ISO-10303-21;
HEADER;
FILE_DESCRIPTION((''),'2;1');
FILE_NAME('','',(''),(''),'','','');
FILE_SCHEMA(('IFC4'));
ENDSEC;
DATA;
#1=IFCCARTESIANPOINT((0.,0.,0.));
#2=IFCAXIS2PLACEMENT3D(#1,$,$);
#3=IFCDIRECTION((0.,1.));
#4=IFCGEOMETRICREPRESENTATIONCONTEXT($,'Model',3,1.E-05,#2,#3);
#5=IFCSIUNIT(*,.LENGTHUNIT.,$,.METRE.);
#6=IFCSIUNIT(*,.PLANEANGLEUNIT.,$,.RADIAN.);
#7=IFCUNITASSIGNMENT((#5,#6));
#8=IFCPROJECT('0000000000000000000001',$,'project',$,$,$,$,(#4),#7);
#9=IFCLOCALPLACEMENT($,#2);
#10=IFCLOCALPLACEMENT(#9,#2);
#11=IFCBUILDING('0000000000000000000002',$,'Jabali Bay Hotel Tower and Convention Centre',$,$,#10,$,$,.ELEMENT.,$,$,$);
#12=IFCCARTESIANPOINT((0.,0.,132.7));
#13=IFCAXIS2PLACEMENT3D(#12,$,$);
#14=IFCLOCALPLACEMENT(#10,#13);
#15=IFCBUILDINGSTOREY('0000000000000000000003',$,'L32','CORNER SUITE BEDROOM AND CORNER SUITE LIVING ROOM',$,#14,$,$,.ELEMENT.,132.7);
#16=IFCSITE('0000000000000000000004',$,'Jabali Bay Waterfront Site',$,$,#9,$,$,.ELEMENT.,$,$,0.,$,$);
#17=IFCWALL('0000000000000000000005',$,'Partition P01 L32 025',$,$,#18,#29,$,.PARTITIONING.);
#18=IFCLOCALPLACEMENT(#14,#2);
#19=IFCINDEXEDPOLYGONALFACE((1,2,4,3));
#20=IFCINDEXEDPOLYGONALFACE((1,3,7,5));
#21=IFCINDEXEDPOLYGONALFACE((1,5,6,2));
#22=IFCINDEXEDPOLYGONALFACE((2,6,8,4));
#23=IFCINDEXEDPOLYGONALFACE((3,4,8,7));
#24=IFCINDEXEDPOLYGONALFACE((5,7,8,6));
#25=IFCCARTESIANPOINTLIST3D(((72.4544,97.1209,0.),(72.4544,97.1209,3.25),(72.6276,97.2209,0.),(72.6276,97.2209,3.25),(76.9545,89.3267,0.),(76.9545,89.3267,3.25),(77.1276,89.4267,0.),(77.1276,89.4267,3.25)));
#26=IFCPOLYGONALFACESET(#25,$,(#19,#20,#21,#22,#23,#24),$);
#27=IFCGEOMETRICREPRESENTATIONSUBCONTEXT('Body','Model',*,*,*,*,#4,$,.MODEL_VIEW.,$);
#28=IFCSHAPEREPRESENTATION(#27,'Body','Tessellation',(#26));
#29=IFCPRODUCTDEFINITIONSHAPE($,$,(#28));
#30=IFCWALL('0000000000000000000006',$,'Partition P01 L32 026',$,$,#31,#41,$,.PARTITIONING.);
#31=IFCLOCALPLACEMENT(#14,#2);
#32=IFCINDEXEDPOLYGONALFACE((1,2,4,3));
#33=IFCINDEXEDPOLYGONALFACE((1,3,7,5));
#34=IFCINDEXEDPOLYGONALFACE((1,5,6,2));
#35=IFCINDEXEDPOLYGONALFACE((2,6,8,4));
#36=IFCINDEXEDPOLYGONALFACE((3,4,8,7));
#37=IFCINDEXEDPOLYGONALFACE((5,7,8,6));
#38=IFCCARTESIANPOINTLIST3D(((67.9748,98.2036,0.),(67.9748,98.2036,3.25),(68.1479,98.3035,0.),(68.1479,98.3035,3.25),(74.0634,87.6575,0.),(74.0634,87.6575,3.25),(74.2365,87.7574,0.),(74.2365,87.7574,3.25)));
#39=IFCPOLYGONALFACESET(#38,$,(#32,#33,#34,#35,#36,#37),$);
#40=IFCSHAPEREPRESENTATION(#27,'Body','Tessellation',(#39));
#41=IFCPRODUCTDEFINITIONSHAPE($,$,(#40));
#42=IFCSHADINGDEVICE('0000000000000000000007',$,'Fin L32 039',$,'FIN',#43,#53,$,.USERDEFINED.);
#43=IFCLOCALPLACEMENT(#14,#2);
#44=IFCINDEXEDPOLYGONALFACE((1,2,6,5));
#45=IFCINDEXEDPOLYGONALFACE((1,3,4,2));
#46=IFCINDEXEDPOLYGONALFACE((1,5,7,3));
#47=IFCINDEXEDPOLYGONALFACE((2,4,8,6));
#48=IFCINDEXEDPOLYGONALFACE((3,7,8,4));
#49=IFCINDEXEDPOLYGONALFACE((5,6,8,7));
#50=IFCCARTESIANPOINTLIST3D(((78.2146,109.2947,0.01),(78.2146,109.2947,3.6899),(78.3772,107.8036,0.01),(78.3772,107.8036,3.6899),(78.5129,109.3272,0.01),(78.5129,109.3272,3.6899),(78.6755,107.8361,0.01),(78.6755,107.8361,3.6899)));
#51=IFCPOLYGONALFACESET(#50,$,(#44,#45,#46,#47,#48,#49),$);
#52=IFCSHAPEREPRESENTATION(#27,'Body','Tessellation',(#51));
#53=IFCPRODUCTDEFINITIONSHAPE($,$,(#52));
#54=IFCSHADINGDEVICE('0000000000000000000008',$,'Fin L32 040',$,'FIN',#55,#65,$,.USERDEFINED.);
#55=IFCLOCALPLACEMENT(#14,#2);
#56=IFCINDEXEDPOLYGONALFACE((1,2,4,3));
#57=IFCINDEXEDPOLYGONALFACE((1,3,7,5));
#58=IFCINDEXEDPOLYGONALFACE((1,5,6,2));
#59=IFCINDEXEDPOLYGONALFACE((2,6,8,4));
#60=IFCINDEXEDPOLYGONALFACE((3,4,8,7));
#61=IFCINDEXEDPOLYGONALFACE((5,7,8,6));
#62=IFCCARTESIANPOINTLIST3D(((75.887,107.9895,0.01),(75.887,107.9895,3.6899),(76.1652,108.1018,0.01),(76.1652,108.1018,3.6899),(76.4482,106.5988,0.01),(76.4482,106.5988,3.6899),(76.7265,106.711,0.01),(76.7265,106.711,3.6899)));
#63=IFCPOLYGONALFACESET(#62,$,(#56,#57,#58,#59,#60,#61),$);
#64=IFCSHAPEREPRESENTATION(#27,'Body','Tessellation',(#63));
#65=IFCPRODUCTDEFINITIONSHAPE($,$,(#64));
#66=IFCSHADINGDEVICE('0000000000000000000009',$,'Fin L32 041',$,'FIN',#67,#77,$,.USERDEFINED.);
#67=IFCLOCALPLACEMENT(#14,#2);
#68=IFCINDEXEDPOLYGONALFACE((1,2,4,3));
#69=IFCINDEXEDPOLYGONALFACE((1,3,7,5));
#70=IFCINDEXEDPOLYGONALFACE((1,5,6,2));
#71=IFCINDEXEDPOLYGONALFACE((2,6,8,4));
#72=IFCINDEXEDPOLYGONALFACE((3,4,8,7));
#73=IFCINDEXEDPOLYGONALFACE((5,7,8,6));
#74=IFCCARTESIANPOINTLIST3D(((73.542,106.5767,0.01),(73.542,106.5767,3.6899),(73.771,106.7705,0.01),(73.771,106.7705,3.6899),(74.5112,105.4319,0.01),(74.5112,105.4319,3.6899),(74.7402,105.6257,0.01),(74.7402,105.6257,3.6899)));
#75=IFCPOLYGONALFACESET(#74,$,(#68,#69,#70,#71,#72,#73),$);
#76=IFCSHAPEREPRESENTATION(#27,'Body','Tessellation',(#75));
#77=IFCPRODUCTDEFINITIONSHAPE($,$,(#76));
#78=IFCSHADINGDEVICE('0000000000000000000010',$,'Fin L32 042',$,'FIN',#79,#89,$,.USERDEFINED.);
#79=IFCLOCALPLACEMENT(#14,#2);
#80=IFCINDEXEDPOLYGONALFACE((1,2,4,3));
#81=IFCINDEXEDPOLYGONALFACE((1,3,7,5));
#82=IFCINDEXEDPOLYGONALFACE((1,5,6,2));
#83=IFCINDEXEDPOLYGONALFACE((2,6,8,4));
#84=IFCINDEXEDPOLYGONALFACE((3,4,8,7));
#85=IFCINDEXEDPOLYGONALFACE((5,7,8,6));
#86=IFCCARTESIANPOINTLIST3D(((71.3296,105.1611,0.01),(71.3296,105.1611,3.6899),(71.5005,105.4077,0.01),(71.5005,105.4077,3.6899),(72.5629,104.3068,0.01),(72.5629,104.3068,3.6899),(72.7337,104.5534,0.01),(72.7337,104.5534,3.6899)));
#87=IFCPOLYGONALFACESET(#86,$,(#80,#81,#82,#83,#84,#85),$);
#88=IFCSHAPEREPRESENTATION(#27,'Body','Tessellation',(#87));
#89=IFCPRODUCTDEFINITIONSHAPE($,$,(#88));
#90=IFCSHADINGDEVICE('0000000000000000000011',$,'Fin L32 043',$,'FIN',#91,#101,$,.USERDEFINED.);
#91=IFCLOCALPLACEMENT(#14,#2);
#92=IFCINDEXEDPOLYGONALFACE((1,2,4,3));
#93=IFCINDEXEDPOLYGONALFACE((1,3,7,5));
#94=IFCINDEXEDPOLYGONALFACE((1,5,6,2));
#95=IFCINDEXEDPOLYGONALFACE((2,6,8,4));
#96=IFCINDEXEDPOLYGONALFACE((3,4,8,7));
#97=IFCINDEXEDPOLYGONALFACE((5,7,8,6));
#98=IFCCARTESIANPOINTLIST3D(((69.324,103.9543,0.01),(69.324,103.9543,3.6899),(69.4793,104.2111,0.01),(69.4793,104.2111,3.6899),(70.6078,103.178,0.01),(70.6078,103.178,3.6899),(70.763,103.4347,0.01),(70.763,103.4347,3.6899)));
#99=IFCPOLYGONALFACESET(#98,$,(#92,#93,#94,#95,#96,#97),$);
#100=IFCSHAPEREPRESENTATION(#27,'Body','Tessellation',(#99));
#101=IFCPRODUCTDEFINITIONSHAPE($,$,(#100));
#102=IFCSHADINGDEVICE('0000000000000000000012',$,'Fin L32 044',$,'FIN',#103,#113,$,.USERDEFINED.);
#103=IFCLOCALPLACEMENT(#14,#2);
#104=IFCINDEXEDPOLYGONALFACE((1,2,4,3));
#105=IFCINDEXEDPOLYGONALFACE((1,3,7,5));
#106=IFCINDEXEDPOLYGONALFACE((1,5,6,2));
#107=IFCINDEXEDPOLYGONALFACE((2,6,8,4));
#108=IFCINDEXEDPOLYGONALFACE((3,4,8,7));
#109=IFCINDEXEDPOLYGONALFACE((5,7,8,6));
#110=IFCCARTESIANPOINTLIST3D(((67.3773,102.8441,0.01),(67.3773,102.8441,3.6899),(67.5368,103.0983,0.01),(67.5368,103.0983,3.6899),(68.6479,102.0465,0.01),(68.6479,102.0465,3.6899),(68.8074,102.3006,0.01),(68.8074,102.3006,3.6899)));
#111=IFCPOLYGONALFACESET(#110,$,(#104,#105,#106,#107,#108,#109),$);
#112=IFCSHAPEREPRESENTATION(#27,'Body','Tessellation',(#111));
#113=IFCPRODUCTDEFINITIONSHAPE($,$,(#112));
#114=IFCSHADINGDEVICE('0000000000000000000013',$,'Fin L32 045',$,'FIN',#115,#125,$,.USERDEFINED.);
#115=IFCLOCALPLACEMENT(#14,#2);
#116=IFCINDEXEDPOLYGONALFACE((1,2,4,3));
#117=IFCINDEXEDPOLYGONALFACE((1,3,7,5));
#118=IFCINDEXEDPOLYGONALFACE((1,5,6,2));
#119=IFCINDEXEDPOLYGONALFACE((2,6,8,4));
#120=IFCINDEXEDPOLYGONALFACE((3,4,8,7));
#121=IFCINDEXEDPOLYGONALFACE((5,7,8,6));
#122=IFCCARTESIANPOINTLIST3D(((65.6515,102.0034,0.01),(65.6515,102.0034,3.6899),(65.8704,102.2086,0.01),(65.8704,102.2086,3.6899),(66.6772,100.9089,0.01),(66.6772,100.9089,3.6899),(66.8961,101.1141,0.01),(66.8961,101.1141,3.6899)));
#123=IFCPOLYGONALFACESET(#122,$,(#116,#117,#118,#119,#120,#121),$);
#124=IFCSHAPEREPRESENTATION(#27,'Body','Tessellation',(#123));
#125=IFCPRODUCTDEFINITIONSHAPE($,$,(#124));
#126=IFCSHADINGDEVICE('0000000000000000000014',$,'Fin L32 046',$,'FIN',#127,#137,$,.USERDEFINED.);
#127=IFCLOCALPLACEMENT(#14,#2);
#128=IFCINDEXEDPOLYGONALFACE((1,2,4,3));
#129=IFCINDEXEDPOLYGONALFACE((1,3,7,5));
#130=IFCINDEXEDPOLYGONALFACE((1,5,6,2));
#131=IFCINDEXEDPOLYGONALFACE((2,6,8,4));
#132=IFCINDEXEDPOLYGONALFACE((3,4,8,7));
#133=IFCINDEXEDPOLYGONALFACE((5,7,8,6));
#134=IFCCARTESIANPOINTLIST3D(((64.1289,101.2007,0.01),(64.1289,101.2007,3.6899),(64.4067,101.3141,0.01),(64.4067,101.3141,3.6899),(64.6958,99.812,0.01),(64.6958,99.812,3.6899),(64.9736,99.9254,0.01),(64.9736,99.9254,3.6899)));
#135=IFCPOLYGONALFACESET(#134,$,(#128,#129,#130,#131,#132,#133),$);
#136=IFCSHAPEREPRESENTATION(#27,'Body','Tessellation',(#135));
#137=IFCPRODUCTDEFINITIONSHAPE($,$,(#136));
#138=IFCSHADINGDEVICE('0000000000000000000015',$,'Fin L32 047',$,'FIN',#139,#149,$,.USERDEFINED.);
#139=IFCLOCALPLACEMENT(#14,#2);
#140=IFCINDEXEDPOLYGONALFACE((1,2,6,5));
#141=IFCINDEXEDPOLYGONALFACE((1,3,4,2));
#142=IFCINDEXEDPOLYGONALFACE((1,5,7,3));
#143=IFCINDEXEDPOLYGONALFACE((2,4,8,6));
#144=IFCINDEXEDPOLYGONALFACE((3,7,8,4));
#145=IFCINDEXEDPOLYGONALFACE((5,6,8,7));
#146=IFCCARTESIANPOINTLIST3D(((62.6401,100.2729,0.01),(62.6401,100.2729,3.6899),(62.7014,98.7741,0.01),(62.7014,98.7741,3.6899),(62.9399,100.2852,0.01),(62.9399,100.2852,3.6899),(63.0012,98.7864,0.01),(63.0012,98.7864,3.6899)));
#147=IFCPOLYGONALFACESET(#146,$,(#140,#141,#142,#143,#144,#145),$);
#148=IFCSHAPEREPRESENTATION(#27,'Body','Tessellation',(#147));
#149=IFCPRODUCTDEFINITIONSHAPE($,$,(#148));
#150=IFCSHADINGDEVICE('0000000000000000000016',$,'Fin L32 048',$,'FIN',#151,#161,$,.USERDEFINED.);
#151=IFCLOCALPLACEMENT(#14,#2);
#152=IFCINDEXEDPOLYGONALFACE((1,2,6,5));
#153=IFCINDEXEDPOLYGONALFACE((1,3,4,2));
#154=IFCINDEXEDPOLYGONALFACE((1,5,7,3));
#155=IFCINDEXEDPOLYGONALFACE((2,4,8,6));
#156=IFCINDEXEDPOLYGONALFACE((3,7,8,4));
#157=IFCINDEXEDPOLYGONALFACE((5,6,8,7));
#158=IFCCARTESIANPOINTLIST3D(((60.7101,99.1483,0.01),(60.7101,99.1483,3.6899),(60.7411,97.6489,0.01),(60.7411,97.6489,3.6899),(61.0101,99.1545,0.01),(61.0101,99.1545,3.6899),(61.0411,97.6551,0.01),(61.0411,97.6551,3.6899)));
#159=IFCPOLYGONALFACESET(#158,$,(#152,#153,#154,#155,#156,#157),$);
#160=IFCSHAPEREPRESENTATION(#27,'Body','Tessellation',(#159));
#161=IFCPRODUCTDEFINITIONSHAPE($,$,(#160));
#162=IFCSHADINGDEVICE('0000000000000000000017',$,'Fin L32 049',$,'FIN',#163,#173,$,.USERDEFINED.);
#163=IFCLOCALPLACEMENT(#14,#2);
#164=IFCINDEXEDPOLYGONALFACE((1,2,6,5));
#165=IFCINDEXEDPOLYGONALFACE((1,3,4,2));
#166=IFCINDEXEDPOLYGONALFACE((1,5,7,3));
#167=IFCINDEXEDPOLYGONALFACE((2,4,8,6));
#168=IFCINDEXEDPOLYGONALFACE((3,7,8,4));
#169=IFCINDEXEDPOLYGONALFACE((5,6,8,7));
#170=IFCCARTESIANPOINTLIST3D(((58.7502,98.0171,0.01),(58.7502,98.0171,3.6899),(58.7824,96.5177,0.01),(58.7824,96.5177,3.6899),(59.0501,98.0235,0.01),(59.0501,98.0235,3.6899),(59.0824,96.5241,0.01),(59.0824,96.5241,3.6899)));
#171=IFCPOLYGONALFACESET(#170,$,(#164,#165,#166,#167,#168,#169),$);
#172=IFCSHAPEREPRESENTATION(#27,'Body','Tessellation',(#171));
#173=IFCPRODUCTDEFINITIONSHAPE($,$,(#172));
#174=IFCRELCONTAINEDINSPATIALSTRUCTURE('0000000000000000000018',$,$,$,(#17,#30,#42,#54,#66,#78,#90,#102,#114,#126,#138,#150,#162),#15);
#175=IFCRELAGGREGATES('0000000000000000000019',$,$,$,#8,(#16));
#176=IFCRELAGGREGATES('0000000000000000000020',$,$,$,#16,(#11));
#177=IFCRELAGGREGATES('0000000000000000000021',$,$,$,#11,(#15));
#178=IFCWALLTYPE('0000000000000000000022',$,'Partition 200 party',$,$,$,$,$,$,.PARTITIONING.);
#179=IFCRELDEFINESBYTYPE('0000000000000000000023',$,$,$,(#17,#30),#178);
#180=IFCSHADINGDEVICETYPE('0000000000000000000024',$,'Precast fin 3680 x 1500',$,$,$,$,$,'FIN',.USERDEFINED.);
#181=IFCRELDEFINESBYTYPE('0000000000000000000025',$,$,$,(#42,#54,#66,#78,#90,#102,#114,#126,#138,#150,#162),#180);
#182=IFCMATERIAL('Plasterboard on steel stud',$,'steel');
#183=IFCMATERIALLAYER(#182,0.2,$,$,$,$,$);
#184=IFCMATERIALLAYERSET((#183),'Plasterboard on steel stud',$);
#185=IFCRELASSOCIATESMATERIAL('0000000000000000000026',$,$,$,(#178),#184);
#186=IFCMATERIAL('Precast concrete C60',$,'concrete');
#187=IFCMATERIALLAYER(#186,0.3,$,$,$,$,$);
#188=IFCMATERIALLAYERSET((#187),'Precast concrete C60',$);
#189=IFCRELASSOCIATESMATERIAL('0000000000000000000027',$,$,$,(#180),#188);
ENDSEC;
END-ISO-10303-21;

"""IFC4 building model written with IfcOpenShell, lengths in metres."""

from ifc_helpers import new_model, si_unit, direction, frame, frame_2d, origin, place, context, subcontext, project, spatial, rectangle, extrude, material, layer, layer_set, type_object, element, save


model = new_model("IFC4")

# Units and contexts
model_context = context("Model", 3, precision=1e-05, world=origin(), true_north=direction((0.0, 1.0)))
body_context = subcontext(model_context, "Body", "Model", "MODEL_VIEW")
ifc_project = project(units=[si_unit("LENGTHUNIT", "METRE"), si_unit("PLANEANGLEUNIT", "RADIAN")], contexts=[model_context])

# Site, building, storey
site_placement = place(None, origin())
site = spatial("IfcSite", under=ifc_project, at=site_placement, Name="Jabali Bay Waterfront Site", CompositionType="ELEMENT", RefElevation=0.0)
building_placement = place(site_placement, origin())
building = spatial("IfcBuilding", under=site, at=building_placement, Name="Jabali Bay Hotel Tower and Convention Centre", CompositionType="ELEMENT")
storey_placement = place(building_placement, frame((0.0, 0.0, 132.7)))
storey = spatial("IfcBuildingStorey", under=building, at=storey_placement, Name="L32", Description="CORNER SUITE BEDROOM AND CORNER SUITE LIVING ROOM", CompositionType="ELEMENT", Elevation=132.7)

# Shared definitions
ifc_material_1 = material(Name="Plasterboard on steel stud", Category="steel")

# Walls
ifc_layer_1 = layer(ifc_material_1, 0.2)
ifc_layer_set_1 = layer_set([ifc_layer_1], Name="Plasterboard on steel stud")
wall_type_1 = type_object("IfcWallType", Name="Partition 200 party", PredefinedType="PARTITIONING", material=ifc_layer_set_1)
wall_1_placement = place(storey_placement, frame((72.541, 97.1709, 0.0), z_axis=(0.0, 0.0, 1.0), x_axis=(0.500002, -0.866024, 0.0)))
element("IfcWall", 1, at=wall_1_placement, inside=storey, type_object=wall_type_1, Name="Partition P01 L32 025", PredefinedType="PARTITIONING", context=body_context, shape_type="SweptSolid", body=[
    extrude(rectangle(XDim=9.0, YDim=0.2, at=frame_2d((4.5, 0.0))), origin(), (0.0, 0.0, 1.0), 3.25),
])
wall_2_placement = place(storey_placement, frame((68.0613, 98.2537, 0.0), z_axis=(0.0, 0.0, 1.0), x_axis=(0.499988, -0.866032, 0.0)))
element("IfcWall", 2, at=wall_2_placement, inside=storey, type_object=wall_type_1, Name="Partition P01 L32 026", PredefinedType="PARTITIONING", context=body_context, shape_type="SweptSolid", body=[
    extrude(rectangle(XDim=12.1775, YDim=0.2, at=frame_2d((6.0889, 0.0))), origin(), (0.0, 0.0, 1.0), 3.25),
])

# Shading devices
ifc_material_2 = material(Name="Precast concrete C60", Category="concrete")
ifc_layer_2 = layer(ifc_material_2, 0.3)
ifc_layer_set_2 = layer_set([ifc_layer_2], Name="Precast concrete C60")
shading_device_type = type_object("IfcShadingDeviceType", Name="Precast fin 3680 x 1500", ElementType="FIN", PredefinedType="USERDEFINED", material=ifc_layer_set_2)
shading_device_1_placement = place(storey_placement, frame((78.5264, 107.8198, 0.01), z_axis=(0.0, 0.0, 1.0), x_axis=(-0.108395, 0.994108, 0.0)))
element("IfcShadingDevice", 3, at=shading_device_1_placement, inside=storey, type_object=shading_device_type, Name="Fin L32 039", ObjectType="FIN", PredefinedType="USERDEFINED", context=body_context, shape_type="SweptSolid", body=[
    extrude(rectangle(XDim=1.5, YDim=0.3, at=frame_2d((0.75, 0.0))), origin(), (0.0, 0.0, 1.0), 3.6799),
])
shading_device_2_placement = place(storey_placement, frame((76.5874, 106.6548, 0.01), z_axis=(0.0, 0.0, 1.0), x_axis=(-0.374224, 0.927339, 0.0)))
element("IfcShadingDevice", 4, at=shading_device_2_placement, inside=storey, type_object=shading_device_type, Name="Fin L32 040", ObjectType="FIN", PredefinedType="USERDEFINED", context=body_context, shape_type="SweptSolid", body=[
    extrude(rectangle(XDim=1.4998, YDim=0.3, at=frame_2d((0.75, 0.0))), origin(), (0.0, 0.0, 1.0), 3.6799),
])
shading_device_3_placement = place(storey_placement, frame((74.6257, 105.5288, 0.01), z_axis=(0.0, 0.0, 1.0), x_axis=(-0.646168, 0.763195, 0.0)))
element("IfcShadingDevice", 5, at=shading_device_3_placement, inside=storey, type_object=shading_device_type, Name="Fin L32 041", ObjectType="FIN", PredefinedType="USERDEFINED", context=body_context, shape_type="SweptSolid", body=[
    extrude(rectangle(XDim=1.5, YDim=0.3, at=frame_2d((0.75, 0.0))), origin(), (0.0, 0.0, 1.0), 3.6799),
])
for number, where, z_axis, x_axis, name in (
    (6, (72.6482, 104.4302, 0.01), (0.0, 0.0, 1.0), (-0.822028, 0.569447, 0.0), "Fin L32 042"),
    (7, (70.6853, 103.3064, 0.01), (0.0, 0.0, 1.0), (-0.855678, 0.517508, 0.0), "Fin L32 043"),
    (8, (68.7275, 102.1736, 0.01), (0.0, 0.0, 1.0), (-0.846936, 0.531695, 0.0), "Fin L32 044"),
):
    element("IfcShadingDevice", number, at=place(storey_placement, frame(where, z_axis=z_axis, x_axis=x_axis)), inside=storey, type_object=shading_device_type, Name=name, ObjectType="FIN", PredefinedType="USERDEFINED", context=body_context, shape_type="SweptSolid", body=[
        extrude(rectangle(XDim=1.5002, YDim=0.3, at=frame_2d((0.75, 0.0))), origin(), (0.0, 0.0, 1.0), 3.6799),
    ])
for number, where, z_axis, x_axis, name in (
    (9, (66.7866, 101.0115, 0.01), (0.0, 0.0, 1.0), (-0.683784, 0.729684, 0.0), "Fin L32 045"),
    (10, (64.8347, 99.8687, 0.01), (0.0, 0.0, 1.0), (-0.377948, 0.925827, 0.0), "Fin L32 046"),
    (11, (62.8513, 98.7803, 0.01), (0.0, 0.0, 1.0), (-0.040852, 0.999165, 0.0), "Fin L32 047"),
):
    element("IfcShadingDevice", number, at=place(storey_placement, frame(where, z_axis=z_axis, x_axis=x_axis)), inside=storey, type_object=shading_device_type, Name=name, ObjectType="FIN", PredefinedType="USERDEFINED", context=body_context, shape_type="SweptSolid", body=[
        extrude(rectangle(XDim=1.5, YDim=0.3, at=frame_2d((0.75, 0.0))), origin(), (0.0, 0.0, 1.0), 3.6799),
    ])
for number, where, z_axis, x_axis, name in (
    (12, (60.8911, 97.6519, 0.01), (0.0, 0.0, 1.0), (-0.020673, 0.999786, 0.0), "Fin L32 048"),
    (13, (58.9324, 96.5208, 0.01), (0.0, 0.0, 1.0), (-0.021486, 0.999769, 0.0), "Fin L32 049"),
):
    element("IfcShadingDevice", number, at=place(storey_placement, frame(where, z_axis=z_axis, x_axis=x_axis)), inside=storey, type_object=shading_device_type, Name=name, ObjectType="FIN", PredefinedType="USERDEFINED", context=body_context, shape_type="SweptSolid", body=[
        extrude(rectangle(XDim=1.4998, YDim=0.3, at=frame_2d((0.75, 0.0))), origin(), (0.0, 0.0, 1.0), 3.6799),
    ])

save(model, "model.ifc")
